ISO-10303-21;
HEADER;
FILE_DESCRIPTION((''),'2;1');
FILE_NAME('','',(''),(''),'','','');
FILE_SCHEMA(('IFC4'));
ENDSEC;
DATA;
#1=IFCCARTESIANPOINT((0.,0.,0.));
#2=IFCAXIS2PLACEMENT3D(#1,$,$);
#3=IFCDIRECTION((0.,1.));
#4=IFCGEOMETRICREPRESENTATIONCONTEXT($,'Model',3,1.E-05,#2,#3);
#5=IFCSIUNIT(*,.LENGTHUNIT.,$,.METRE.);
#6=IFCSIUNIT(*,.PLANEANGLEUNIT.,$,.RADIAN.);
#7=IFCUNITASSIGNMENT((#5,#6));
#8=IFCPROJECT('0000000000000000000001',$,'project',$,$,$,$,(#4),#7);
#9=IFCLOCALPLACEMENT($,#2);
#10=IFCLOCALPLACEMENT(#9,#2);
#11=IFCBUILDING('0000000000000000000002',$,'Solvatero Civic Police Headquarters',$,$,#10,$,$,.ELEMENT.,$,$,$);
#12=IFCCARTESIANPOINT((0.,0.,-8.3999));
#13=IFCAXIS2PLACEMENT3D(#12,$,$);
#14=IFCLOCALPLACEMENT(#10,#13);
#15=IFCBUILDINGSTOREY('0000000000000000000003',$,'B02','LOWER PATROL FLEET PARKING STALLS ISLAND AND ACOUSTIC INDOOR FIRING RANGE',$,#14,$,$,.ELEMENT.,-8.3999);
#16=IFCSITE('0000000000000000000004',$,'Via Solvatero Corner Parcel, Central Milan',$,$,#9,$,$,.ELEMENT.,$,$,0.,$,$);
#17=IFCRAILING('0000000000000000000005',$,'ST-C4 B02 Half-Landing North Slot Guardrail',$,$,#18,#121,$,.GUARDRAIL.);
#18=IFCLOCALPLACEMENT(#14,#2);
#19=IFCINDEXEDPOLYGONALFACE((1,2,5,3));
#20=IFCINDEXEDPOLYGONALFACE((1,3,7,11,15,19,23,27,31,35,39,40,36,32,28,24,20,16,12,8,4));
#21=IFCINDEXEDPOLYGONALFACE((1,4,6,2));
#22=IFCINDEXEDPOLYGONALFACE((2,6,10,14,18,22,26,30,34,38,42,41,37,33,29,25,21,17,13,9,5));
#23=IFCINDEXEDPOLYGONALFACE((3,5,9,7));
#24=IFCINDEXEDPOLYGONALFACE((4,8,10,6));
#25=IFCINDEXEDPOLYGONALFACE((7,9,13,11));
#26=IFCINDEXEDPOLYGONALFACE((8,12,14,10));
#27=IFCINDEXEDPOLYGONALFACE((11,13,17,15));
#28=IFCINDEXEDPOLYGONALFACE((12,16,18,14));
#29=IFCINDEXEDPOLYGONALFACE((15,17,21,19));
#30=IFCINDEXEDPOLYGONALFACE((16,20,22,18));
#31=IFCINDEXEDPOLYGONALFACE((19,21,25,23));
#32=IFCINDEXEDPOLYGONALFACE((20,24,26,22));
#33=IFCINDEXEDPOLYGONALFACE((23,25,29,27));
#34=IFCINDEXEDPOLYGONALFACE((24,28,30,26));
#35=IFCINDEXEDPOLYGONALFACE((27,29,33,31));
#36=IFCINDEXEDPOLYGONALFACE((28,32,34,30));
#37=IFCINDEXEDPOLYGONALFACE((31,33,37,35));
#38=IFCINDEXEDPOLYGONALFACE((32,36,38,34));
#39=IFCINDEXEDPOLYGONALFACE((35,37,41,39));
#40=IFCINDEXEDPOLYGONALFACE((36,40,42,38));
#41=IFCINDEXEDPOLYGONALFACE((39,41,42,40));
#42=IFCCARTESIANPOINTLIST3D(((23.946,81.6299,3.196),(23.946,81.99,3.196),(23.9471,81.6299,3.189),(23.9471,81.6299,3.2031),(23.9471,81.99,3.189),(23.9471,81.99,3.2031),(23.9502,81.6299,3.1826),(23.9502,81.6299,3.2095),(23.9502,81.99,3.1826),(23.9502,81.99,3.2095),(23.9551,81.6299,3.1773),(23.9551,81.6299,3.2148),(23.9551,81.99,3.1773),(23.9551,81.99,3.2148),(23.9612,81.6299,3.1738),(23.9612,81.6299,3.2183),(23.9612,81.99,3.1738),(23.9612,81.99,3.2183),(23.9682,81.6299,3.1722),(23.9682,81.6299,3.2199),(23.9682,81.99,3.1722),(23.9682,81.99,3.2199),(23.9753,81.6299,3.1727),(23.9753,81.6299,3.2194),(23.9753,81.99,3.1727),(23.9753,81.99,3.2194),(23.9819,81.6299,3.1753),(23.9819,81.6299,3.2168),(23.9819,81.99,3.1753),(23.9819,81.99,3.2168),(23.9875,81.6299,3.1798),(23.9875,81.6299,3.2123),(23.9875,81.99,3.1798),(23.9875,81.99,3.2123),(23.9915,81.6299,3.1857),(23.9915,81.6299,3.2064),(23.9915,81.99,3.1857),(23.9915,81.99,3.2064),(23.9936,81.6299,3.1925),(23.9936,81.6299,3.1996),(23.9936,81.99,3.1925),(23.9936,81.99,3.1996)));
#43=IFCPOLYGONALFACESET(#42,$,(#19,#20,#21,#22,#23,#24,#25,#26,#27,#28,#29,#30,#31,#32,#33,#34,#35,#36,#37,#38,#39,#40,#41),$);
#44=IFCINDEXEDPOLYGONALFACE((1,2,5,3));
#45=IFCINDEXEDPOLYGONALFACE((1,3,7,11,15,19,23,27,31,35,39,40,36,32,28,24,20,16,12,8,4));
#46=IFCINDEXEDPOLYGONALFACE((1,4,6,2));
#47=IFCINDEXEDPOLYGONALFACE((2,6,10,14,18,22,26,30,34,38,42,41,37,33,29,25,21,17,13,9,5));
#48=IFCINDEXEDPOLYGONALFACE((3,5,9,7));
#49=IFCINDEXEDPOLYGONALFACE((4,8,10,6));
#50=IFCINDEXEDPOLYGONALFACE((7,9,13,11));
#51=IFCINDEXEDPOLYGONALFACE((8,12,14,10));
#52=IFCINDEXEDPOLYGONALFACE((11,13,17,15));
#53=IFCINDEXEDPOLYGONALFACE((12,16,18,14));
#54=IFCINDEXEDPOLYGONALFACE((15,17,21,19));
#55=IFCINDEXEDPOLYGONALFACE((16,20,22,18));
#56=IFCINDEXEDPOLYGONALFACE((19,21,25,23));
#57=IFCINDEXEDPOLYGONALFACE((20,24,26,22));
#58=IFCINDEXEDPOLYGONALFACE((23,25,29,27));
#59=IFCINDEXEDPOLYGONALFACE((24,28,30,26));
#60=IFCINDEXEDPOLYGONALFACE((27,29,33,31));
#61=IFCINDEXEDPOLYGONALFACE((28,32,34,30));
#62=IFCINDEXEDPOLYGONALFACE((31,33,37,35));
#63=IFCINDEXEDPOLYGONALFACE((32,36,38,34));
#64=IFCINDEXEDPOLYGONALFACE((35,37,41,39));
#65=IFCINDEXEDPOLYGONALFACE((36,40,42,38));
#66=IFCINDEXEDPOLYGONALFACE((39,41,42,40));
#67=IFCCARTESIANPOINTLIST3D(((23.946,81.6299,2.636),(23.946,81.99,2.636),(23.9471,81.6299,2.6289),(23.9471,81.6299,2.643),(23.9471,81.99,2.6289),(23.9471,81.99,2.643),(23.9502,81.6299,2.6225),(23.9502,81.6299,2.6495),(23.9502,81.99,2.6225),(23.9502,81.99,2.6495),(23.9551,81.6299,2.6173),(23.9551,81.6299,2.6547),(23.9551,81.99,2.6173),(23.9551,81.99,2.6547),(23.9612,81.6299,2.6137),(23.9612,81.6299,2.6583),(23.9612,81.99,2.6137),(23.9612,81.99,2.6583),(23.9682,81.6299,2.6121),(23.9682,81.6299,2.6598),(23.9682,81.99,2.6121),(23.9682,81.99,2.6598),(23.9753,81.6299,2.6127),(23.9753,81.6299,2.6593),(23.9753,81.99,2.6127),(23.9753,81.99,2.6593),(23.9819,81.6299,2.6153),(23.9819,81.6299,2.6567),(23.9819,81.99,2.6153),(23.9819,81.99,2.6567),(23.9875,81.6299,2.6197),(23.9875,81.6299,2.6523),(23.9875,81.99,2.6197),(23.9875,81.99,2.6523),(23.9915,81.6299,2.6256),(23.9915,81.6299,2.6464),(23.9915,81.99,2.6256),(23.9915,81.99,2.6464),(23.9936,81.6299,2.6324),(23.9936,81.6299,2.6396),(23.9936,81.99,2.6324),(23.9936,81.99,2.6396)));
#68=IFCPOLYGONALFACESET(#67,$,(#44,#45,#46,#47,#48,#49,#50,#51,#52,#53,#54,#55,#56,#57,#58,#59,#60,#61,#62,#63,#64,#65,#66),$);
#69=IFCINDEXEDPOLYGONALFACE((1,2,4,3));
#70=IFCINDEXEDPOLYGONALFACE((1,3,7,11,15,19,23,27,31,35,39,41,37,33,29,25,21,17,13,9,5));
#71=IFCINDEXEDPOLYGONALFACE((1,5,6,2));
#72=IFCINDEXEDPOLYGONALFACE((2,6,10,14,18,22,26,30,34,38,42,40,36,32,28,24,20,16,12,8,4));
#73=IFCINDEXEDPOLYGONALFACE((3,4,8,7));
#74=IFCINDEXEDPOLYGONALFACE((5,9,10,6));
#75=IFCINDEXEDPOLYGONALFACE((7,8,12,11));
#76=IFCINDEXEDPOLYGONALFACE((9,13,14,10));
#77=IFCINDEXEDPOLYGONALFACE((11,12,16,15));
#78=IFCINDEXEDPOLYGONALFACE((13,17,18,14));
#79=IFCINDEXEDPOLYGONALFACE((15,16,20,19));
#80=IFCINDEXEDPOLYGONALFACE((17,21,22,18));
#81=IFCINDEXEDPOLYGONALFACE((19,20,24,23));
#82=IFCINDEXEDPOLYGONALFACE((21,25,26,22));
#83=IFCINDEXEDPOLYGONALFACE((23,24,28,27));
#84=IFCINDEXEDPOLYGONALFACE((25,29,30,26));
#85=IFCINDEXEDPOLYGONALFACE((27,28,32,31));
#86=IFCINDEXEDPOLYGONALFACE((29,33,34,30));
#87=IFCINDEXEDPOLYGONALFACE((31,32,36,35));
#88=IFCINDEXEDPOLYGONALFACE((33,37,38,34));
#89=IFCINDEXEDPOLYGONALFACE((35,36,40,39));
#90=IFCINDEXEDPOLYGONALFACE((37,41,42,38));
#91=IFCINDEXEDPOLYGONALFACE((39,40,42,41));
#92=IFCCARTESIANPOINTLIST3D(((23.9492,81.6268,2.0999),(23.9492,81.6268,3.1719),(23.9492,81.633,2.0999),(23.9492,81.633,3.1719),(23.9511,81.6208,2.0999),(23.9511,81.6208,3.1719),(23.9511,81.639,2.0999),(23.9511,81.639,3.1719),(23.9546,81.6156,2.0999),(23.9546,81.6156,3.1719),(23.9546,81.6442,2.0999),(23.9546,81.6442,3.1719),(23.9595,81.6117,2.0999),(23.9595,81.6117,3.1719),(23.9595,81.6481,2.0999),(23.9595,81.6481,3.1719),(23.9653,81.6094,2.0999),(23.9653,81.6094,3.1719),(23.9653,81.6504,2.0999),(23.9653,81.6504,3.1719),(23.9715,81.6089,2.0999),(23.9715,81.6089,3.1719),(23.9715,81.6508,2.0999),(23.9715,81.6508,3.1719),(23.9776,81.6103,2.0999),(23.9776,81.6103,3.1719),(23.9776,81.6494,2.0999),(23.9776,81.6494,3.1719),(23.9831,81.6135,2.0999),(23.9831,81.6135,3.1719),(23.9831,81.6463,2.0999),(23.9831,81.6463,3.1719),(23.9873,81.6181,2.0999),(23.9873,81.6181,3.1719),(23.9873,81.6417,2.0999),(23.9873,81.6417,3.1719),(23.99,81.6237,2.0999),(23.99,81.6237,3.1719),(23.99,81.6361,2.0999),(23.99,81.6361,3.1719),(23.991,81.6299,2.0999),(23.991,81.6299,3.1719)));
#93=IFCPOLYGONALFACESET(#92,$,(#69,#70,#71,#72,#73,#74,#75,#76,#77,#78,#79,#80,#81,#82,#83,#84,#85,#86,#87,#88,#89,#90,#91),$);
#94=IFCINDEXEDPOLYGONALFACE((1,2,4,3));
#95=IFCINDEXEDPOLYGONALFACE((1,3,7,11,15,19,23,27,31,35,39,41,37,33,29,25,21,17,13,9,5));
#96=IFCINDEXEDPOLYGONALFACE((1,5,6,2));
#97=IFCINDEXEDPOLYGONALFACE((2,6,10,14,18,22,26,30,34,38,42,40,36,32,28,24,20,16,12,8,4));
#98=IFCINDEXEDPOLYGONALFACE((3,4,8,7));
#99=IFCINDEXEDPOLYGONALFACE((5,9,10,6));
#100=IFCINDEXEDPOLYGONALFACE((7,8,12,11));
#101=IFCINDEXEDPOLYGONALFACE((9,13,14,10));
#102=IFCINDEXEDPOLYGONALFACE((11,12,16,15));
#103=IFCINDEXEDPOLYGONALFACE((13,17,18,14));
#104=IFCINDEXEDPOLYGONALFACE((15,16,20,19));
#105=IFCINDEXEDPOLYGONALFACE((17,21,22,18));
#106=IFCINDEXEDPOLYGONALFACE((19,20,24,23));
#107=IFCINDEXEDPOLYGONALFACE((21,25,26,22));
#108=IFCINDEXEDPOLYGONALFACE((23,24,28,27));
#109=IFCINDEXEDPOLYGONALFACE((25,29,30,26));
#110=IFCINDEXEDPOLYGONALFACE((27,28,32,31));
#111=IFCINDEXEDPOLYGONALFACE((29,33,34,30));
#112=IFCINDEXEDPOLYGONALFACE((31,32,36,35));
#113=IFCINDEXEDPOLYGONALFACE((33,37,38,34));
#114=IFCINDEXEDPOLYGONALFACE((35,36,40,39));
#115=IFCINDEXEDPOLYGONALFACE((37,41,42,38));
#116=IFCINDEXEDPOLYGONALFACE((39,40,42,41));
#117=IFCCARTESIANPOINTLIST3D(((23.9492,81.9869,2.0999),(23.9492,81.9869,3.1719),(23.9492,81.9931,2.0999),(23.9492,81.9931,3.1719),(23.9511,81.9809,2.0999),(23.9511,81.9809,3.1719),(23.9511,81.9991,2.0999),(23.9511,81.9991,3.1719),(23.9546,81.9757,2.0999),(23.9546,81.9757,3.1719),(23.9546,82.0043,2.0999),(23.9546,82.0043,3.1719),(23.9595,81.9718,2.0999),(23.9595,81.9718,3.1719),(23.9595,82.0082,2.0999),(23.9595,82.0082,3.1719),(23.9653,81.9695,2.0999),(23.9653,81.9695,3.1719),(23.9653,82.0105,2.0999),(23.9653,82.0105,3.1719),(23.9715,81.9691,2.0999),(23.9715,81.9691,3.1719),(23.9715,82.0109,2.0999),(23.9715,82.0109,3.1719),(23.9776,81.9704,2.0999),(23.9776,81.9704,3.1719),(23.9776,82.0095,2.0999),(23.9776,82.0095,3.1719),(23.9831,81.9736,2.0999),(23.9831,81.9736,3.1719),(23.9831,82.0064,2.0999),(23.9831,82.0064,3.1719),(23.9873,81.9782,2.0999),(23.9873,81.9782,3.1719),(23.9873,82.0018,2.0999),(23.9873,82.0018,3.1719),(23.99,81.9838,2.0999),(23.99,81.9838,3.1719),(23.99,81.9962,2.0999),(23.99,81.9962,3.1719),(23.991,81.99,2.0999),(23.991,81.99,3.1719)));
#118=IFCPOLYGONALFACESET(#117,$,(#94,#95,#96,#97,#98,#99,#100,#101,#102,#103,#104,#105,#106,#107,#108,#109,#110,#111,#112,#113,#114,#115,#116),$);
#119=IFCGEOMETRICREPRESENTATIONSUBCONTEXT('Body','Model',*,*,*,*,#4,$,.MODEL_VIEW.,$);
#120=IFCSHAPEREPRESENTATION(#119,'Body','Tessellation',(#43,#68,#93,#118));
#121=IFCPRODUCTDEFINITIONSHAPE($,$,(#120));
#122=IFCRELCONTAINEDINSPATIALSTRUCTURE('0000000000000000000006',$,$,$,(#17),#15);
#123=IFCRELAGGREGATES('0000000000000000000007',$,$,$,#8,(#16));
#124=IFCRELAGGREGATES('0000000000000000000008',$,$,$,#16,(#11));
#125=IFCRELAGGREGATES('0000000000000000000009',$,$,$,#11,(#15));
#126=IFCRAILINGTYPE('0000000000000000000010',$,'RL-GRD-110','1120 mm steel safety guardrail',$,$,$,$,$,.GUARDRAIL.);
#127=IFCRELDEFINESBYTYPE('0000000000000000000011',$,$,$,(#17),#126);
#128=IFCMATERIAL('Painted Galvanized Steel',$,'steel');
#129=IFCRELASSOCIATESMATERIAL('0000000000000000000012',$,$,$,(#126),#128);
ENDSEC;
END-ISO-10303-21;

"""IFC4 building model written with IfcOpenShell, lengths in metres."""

from ifc_helpers import new_model, si_unit, direction, frame, origin, origin_2d, place, context, subcontext, project, spatial, circle, extrude, material, type_object, element, save


model = new_model("IFC4")

# Units and contexts
model_context = context("Model", 3, precision=1e-05, world=origin(), true_north=direction((0.0, 1.0)))
body_context = subcontext(model_context, "Body", "Model", "MODEL_VIEW")
ifc_project = project(units=[si_unit("LENGTHUNIT", "METRE"), si_unit("PLANEANGLEUNIT", "RADIAN")], contexts=[model_context])

# Site, building, storey
site_placement = place(None, origin())
site = spatial("IfcSite", under=ifc_project, at=site_placement, Name="Via Solvatero Corner Parcel, Central Milan", CompositionType="ELEMENT", RefElevation=0.0)
building_placement = place(site_placement, origin())
building = spatial("IfcBuilding", under=site, at=building_placement, Name="Solvatero Civic Police Headquarters", CompositionType="ELEMENT")
storey_placement = place(building_placement, frame((0.0, 0.0, -8.3999)))
storey = spatial("IfcBuildingStorey", under=building, at=storey_placement, Name="B02", Description="LOWER PATROL FLEET PARKING STALLS ISLAND AND ACOUSTIC INDOOR FIRING RANGE", CompositionType="ELEMENT", Elevation=-8.3999)

# Railing
ifc_material_1 = material(Name="Painted Galvanized Steel", Category="steel")
railing_type_1 = type_object("IfcRailingType", Name="RL-GRD-110", Description="1120 mm steel safety guardrail", PredefinedType="GUARDRAIL", material=ifc_material_1)
railing_1_placement = place(storey_placement, frame((23.97, 81.6299, 2.0999)))
element("IfcRailing", 1, at=railing_1_placement, inside=storey, type_object=railing_type_1, Name="ST-C4 B02 Half-Landing North Slot Guardrail", PredefinedType="GUARDRAIL", context=body_context, shape_type="SweptSolid", body=[
    extrude(circle(Radius=0.0239, at=origin_2d()), frame((0.0, 0.0, 1.0962), z_axis=(0.0, 1.0, 0.0), x_axis=(-1.0, 0.0, 0.0)), (0.0, 0.0, 1.0), 0.3601),
    extrude(circle(Radius=0.0239, at=origin_2d()), frame((0.0, 0.0, 0.5361), z_axis=(0.0, 1.0, 0.0), x_axis=(-1.0, 0.0, 0.0)), (0.0, 0.0, 1.0), 0.3601),
    extrude(circle(Radius=0.021, at=origin_2d()), origin(), (0.0, 0.0, 1.0), 1.072),
    extrude(circle(Radius=0.021, at=origin_2d()), frame((0.0, 0.3601, 0.0)), (0.0, 0.0, 1.0), 1.072),
])

save(model, "model.ifc")
